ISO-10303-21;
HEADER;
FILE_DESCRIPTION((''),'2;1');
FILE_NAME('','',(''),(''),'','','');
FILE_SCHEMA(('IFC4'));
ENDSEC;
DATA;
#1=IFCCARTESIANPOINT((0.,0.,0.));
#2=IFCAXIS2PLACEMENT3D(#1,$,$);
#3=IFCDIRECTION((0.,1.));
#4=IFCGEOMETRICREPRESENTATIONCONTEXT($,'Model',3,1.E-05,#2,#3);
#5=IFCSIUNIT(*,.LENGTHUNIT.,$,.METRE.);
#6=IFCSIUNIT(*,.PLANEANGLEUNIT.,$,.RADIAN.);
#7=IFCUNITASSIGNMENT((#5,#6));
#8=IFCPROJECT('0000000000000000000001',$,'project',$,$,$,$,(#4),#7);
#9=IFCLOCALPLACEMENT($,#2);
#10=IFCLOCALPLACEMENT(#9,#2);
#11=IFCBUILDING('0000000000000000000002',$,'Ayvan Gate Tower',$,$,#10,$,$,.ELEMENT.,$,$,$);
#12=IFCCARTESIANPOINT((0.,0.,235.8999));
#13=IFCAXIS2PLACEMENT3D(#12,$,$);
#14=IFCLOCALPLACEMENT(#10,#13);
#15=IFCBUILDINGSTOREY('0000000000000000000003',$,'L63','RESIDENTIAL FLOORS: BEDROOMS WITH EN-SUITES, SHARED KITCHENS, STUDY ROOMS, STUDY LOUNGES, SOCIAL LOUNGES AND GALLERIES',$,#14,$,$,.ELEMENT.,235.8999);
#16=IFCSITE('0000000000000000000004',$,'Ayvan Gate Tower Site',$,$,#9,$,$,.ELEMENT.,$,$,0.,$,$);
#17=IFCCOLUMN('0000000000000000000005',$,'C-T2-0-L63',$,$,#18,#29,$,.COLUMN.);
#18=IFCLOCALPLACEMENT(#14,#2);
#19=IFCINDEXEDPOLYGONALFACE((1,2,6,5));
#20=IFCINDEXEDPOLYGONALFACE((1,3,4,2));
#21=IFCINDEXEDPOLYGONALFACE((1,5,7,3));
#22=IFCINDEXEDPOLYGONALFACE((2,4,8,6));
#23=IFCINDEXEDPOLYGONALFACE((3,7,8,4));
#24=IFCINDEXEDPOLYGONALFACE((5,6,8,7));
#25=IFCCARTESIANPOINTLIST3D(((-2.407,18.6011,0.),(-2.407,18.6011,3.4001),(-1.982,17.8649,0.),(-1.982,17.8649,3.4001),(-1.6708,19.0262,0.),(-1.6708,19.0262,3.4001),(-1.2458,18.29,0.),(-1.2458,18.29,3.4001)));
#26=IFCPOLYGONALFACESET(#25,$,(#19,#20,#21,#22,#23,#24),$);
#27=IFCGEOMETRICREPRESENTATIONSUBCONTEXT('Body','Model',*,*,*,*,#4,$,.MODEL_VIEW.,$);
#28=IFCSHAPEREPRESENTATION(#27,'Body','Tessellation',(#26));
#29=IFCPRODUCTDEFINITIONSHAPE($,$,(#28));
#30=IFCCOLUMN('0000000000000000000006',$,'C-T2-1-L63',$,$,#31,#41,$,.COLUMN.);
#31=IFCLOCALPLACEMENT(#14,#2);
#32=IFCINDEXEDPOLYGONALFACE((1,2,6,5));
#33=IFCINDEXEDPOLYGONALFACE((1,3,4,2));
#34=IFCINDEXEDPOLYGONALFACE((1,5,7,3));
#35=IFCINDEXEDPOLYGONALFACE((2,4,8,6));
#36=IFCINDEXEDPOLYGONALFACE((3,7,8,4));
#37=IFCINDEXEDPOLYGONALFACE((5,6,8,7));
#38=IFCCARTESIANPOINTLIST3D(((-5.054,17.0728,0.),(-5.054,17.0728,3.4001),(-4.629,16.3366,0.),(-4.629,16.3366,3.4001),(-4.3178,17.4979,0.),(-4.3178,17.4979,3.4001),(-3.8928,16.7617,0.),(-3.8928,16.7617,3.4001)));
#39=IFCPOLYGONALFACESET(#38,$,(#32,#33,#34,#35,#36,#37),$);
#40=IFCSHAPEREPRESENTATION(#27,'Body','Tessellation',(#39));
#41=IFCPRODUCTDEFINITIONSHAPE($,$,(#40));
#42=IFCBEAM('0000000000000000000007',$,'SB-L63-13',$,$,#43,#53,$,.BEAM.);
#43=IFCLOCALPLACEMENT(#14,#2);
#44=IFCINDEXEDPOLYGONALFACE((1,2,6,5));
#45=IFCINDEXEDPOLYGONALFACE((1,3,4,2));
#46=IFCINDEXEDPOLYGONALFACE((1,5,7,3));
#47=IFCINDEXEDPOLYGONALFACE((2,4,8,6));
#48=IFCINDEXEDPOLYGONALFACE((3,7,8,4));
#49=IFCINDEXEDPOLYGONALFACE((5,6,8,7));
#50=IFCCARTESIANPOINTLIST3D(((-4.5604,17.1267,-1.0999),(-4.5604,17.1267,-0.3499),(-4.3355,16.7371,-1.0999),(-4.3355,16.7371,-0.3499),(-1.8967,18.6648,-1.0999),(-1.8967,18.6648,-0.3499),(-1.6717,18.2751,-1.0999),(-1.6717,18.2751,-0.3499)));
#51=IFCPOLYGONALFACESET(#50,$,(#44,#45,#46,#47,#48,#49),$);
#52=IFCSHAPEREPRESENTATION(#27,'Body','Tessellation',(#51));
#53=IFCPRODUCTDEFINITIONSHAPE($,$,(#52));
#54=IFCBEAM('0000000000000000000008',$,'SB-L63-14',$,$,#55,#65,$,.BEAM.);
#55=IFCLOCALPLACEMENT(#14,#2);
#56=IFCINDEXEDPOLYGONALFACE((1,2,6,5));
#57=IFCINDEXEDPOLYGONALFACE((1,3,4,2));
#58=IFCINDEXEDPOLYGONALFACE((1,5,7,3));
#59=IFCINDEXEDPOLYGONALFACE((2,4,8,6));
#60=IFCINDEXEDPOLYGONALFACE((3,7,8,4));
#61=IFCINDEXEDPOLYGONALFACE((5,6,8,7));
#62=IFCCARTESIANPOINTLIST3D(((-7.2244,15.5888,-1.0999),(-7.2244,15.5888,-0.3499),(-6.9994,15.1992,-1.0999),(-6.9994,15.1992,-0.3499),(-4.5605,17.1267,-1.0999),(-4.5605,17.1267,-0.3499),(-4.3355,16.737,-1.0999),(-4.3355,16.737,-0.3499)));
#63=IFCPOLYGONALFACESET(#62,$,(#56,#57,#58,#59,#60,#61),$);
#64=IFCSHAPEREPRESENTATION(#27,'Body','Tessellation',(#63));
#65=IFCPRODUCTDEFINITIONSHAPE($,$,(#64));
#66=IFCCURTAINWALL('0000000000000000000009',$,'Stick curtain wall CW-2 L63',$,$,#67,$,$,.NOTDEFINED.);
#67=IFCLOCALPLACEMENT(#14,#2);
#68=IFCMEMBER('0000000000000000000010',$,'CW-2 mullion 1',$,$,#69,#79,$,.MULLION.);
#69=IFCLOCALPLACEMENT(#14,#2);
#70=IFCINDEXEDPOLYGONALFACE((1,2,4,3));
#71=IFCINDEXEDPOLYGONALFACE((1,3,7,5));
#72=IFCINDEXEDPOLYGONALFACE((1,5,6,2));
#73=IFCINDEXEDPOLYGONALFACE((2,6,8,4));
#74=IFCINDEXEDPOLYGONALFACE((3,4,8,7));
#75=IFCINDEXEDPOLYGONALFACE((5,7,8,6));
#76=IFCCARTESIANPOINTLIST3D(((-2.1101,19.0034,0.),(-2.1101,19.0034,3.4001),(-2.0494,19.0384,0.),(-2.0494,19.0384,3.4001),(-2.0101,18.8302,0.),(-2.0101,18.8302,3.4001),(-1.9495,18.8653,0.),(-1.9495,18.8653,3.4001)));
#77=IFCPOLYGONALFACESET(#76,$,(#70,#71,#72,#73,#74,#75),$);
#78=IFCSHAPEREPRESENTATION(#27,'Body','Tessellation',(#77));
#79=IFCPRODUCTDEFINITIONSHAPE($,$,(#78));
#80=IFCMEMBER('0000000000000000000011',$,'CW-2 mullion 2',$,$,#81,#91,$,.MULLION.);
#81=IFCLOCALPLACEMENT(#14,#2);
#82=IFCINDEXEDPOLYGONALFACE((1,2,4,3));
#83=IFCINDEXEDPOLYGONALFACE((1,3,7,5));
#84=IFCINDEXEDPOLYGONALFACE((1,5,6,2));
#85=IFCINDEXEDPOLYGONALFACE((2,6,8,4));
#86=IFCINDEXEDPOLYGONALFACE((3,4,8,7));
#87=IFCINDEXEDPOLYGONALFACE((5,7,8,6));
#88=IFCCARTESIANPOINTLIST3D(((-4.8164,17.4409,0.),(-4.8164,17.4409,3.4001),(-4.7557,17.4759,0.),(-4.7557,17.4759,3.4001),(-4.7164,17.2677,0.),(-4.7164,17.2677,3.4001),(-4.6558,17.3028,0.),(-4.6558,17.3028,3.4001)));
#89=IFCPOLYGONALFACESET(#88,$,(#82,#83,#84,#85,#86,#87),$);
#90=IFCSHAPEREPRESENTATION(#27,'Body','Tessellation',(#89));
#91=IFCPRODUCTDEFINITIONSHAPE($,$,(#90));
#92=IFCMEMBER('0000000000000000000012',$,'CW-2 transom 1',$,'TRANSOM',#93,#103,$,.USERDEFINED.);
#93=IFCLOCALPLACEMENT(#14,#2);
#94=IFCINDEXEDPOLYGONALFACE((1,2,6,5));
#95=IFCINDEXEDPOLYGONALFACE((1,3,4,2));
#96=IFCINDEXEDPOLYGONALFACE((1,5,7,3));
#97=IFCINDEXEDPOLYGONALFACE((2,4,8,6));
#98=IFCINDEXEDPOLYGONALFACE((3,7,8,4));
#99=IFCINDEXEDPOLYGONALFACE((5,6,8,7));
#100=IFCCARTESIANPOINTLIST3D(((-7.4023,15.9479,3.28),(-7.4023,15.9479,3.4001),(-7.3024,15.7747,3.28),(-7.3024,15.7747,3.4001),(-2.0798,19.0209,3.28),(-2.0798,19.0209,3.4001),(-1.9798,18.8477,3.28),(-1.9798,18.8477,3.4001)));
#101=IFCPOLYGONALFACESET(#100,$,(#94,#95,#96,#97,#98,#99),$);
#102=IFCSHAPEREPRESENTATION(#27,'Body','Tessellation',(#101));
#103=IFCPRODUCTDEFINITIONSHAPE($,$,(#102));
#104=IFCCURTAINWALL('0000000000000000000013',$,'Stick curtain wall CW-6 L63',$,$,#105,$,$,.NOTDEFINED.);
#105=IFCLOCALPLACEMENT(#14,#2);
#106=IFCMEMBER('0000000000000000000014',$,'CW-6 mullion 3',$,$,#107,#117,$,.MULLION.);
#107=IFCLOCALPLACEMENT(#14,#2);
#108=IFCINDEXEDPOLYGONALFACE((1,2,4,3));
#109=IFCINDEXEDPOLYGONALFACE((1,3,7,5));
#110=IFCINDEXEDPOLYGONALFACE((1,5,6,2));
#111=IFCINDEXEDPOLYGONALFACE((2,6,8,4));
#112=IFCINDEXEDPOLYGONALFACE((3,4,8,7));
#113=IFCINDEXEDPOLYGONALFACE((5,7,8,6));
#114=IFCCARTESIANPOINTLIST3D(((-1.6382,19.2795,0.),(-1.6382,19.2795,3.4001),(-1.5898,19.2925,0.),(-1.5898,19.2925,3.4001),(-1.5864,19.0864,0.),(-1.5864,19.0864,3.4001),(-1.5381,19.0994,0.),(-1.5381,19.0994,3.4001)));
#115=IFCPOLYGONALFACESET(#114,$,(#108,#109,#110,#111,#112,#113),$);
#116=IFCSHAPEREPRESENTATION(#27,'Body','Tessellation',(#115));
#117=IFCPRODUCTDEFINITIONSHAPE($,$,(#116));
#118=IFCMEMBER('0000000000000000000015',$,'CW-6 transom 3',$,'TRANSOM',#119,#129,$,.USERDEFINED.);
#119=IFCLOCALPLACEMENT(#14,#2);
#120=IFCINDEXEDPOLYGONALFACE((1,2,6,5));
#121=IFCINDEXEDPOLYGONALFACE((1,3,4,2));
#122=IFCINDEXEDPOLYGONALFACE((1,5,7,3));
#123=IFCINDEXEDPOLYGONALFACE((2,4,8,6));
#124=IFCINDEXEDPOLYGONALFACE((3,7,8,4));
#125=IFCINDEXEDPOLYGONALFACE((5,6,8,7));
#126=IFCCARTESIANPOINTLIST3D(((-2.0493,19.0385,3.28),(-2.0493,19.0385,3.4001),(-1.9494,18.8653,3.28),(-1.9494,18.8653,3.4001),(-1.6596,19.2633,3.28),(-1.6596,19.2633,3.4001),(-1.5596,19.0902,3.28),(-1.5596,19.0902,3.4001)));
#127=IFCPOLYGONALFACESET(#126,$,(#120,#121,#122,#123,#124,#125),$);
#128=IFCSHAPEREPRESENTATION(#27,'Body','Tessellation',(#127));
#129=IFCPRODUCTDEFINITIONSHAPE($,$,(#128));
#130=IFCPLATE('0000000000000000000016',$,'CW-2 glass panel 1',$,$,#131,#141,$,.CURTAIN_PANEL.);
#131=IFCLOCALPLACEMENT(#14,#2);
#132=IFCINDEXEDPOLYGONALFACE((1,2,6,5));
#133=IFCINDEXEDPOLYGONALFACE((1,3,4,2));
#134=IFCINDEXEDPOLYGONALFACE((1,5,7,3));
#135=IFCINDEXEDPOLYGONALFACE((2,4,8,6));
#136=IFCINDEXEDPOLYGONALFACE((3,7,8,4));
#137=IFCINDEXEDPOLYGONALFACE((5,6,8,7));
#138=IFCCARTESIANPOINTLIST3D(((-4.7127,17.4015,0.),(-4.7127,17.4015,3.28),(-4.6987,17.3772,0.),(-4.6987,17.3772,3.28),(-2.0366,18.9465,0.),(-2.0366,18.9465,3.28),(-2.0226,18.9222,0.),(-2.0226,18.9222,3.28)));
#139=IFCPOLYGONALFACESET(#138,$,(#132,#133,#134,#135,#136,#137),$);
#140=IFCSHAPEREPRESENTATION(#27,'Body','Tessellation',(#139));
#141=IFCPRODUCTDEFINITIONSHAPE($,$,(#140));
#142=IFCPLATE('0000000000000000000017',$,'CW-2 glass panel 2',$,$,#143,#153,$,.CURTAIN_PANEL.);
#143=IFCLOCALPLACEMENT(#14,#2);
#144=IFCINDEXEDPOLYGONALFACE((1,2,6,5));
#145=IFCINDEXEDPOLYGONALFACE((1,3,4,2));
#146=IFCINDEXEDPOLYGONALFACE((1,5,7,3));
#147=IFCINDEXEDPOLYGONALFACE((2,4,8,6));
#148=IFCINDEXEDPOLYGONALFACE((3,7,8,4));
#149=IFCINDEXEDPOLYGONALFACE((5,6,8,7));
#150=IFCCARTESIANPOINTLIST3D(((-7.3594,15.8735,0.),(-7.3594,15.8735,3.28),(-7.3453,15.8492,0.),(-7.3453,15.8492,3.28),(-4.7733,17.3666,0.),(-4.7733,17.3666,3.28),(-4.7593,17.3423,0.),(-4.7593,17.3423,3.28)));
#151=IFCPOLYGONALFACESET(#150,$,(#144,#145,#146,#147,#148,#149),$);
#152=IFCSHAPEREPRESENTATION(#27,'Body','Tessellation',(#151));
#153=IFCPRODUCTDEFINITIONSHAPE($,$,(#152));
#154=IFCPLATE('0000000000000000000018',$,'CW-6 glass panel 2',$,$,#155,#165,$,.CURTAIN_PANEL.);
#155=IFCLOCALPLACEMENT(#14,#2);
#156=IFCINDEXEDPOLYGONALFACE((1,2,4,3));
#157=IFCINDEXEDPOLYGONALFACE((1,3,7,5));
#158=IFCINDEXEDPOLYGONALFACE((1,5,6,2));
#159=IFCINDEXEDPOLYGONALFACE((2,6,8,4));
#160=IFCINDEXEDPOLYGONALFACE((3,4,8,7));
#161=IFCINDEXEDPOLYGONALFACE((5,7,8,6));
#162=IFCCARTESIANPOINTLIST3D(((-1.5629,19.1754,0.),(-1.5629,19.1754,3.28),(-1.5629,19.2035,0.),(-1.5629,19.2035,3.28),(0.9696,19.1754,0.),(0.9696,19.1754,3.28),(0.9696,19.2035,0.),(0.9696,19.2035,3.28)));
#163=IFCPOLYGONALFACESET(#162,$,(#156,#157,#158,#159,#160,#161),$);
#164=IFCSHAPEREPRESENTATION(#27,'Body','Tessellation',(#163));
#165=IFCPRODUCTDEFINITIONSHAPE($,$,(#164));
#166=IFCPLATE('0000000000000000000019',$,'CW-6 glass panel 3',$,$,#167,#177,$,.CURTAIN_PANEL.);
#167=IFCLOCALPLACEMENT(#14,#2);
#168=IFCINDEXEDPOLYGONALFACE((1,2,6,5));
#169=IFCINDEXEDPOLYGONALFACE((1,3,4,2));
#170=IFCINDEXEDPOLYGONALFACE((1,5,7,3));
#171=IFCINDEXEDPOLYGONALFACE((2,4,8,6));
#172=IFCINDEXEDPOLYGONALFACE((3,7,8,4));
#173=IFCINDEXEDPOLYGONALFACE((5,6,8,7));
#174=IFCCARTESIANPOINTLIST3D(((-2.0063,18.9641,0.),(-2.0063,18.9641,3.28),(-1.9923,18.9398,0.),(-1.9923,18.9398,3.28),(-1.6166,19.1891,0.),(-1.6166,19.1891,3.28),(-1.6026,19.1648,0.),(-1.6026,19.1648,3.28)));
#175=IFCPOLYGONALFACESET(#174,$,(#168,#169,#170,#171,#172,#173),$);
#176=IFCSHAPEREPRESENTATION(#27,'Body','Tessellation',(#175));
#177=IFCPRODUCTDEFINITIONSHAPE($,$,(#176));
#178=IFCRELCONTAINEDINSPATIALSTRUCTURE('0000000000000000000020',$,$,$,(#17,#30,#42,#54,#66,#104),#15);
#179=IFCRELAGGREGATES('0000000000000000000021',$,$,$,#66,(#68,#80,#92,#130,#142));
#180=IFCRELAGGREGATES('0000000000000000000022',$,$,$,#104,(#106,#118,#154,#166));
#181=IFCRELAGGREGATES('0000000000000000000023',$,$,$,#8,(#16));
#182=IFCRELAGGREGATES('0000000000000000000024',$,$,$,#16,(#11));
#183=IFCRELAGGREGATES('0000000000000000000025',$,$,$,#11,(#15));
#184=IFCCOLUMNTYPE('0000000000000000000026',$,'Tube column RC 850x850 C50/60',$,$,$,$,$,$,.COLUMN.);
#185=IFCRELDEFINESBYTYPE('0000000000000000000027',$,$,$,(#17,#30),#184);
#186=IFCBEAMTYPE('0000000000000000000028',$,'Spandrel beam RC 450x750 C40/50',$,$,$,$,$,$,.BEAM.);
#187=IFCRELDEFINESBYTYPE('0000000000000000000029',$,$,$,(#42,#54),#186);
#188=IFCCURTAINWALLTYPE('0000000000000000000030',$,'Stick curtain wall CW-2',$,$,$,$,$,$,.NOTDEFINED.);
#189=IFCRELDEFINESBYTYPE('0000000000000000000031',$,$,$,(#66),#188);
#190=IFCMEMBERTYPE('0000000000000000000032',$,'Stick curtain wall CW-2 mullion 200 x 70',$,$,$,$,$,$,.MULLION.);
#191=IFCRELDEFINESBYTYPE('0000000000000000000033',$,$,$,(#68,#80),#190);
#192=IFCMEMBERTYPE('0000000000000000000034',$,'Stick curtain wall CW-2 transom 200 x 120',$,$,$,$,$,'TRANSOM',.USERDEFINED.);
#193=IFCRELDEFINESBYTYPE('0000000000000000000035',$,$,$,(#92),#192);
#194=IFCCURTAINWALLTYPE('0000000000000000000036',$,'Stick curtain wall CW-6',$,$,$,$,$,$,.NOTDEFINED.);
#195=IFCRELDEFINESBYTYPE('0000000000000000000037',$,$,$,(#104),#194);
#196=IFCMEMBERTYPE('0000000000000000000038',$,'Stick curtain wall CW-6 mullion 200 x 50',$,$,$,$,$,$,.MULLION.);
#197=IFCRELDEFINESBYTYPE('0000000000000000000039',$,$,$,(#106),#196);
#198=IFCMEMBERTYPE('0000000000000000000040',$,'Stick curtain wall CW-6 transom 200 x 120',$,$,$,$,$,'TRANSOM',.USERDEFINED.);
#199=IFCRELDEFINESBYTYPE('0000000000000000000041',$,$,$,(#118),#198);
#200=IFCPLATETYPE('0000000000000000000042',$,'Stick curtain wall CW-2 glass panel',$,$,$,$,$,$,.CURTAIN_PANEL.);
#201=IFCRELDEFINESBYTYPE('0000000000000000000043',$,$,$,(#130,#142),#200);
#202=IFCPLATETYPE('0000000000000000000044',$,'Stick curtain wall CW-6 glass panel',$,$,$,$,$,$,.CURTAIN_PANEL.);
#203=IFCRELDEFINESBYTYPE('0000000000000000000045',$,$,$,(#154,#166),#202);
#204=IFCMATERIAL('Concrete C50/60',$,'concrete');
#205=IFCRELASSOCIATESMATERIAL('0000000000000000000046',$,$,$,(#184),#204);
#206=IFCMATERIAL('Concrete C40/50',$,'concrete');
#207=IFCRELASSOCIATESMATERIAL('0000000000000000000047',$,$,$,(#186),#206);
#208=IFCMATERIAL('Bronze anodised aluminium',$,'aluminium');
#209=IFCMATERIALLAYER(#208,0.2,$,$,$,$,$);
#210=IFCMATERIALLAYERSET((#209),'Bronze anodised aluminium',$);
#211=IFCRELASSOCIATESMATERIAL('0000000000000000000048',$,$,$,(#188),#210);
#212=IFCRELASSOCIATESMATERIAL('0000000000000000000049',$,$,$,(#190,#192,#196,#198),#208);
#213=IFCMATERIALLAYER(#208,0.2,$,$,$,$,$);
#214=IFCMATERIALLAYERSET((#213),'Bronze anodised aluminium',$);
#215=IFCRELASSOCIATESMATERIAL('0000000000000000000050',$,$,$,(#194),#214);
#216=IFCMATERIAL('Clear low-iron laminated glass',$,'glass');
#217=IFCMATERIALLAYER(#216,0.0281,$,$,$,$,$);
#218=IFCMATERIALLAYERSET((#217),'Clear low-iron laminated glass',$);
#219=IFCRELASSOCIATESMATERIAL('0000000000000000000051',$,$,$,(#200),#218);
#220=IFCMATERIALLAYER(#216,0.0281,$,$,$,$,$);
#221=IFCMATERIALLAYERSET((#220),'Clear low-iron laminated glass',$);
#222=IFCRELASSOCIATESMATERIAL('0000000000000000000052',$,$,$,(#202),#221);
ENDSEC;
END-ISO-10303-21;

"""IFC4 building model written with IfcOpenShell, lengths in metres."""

from ifc_helpers import new_model, si_unit, direction, frame, origin, origin_2d, place, context, subcontext, project, spatial, rectangle, extrude, material, layer, layer_set, material_profile, profile_set, type_object, element, aggregate, save


model = new_model("IFC4")

# Units and contexts
model_context = context("Model", 3, precision=1e-05, world=origin(), true_north=direction((0.0, 1.0)))
body_context = subcontext(model_context, "Body", "Model", "MODEL_VIEW")
ifc_project = project(units=[si_unit("LENGTHUNIT", "METRE"), si_unit("PLANEANGLEUNIT", "RADIAN")], contexts=[model_context])

# Site, building, storey
site_placement = place(None, origin())
site = spatial("IfcSite", under=ifc_project, at=site_placement, Name="Ayvan Gate Tower Site", CompositionType="ELEMENT", RefElevation=0.0)
building_placement = place(site_placement, origin())
building = spatial("IfcBuilding", under=site, at=building_placement, Name="Ayvan Gate Tower", CompositionType="ELEMENT")
storey_placement = place(building_placement, frame((0.0, 0.0, 235.8999)))
storey = spatial("IfcBuildingStorey", under=building, at=storey_placement, Name="L63", Description="RESIDENTIAL FLOORS: BEDROOMS WITH EN-SUITES, SHARED KITCHENS, STUDY ROOMS, STUDY LOUNGES, SOCIAL LOUNGES AND GALLERIES", CompositionType="ELEMENT", Elevation=235.8999)

# Columns
ifc_material_1 = material(Name="Concrete C50/60", Category="concrete")
ifc_material_profile_1 = material_profile(ifc_material_1, rectangle(XDim=0.8501, YDim=0.8501, at=origin_2d()), Name="RC 850x850")
ifc_profile_set_1 = profile_set([ifc_material_profile_1], Name="Concrete C50/60")
column_type = type_object("IfcColumnType", Name="Tube column RC 850x850 C50/60", PredefinedType="COLUMN", material=ifc_profile_set_1)
for number, where, z_axis, x_axis, name in (
    (1, (-1.8264, 18.4456, 0.0), (0.0, 0.0, 1.0), (-0.5, 0.866025, 0.0), "C-T2-0-L63"),
    (2, (-4.4734, 16.9172, 0.0), (0.0, 0.0, 1.0), (-0.5, 0.866025, 0.0), "C-T2-1-L63"),
):
    element("IfcColumn", number, at=place(storey_placement, frame(where, z_axis=z_axis, x_axis=x_axis)), inside=storey, type_object=column_type, Name=name, PredefinedType="COLUMN", context=body_context, shape_type="SweptSolid", body=[
        extrude(rectangle(XDim=0.8501, YDim=0.8501, at=origin_2d()), origin(), (0.0, 0.0, 1.0), 3.4001),
    ])

# Beams
ifc_material_2 = material(Name="Concrete C40/50", Category="concrete")
ifc_material_profile_2 = material_profile(ifc_material_2, rectangle(XDim=0.45, YDim=0.75, at=origin_2d()), Name="RC 450x750")
ifc_profile_set_2 = profile_set([ifc_material_profile_2], Name="Concrete C40/50")
beam_type = type_object("IfcBeamType", Name="Spandrel beam RC 450x750 C40/50", PredefinedType="BEAM", material=ifc_profile_set_2)
for number, where, z_axis, x_axis, name in (
    (3, (-1.7842, 18.47, -0.7249), (-0.866007, -0.500032, 0.0), (0.500032, -0.866007, 0.0), "SB-L63-13"),
    (4, (-4.448, 16.9319, -0.7249), (-0.866042, -0.499972, 0.0), (0.499972, -0.866042, 0.0), "SB-L63-14"),
):
    element("IfcBeam", number, at=place(storey_placement, frame(where, z_axis=z_axis, x_axis=x_axis)), inside=storey, type_object=beam_type, Name=name, PredefinedType="BEAM", context=body_context, shape_type="SweptSolid", body=[
        extrude(rectangle(XDim=0.45, YDim=0.75, at=origin_2d()), origin(), (0.0, 0.0, 1.0), 3.0759),
    ])

# Curtain walls, members
ifc_material_3 = material(Name="Bronze anodised aluminium", Category="aluminium")
ifc_layer_1 = layer(ifc_material_3, 0.2)
ifc_layer_set_1 = layer_set([ifc_layer_1], Name="Bronze anodised aluminium")
curtain_wall_type_1 = type_object("IfcCurtainWallType", Name="Stick curtain wall CW-2", PredefinedType="NOTDEFINED", material=ifc_layer_set_1)
curtain_wall_1_placement = place(storey_placement, origin())
curtain_wall_1 = element("IfcCurtainWall", 5, at=curtain_wall_1_placement, inside=storey, type_object=curtain_wall_type_1, Name="Stick curtain wall CW-2 L63", PredefinedType="NOTDEFINED")
ifc_material_profile_3 = material_profile(ifc_material_3, rectangle(XDim=0.2, YDim=0.0701, at=origin_2d()), Name="Stick curtain wall CW-2 mullion 200 x 70")
ifc_profile_set_3 = profile_set([ifc_material_profile_3], Name="Bronze anodised aluminium")
member_type_1 = type_object("IfcMemberType", Name="Stick curtain wall CW-2 mullion 200 x 70", PredefinedType="MULLION", material=ifc_profile_set_3)
member_1_placement = place(storey_placement, frame((-2.0298, 18.9343, 0.0), z_axis=(0.0, 0.0, 1.0), x_axis=(-0.5, 0.866025, 0.0)))
member_1 = element("IfcMember", 6, at=member_1_placement, type_object=member_type_1, Name="CW-2 mullion 1", PredefinedType="MULLION", context=body_context, shape_type="SweptSolid", body=[
    extrude(rectangle(XDim=0.2, YDim=0.0701, at=origin_2d()), origin(), (0.0, 0.0, 1.0), 3.4001),
])
member_2_placement = place(storey_placement, frame((-4.7361, 17.3718, 0.0), z_axis=(0.0, 0.0, 1.0), x_axis=(-0.5, 0.866025, 0.0)))
member_2 = element("IfcMember", 7, at=member_2_placement, type_object=member_type_1, Name="CW-2 mullion 2", PredefinedType="MULLION", context=body_context, shape_type="SweptSolid", body=[
    extrude(rectangle(XDim=0.2, YDim=0.0701, at=origin_2d()), origin(), (0.0, 0.0, 1.0), 3.4001),
])
ifc_material_profile_4 = material_profile(ifc_material_3, rectangle(XDim=0.2, YDim=0.1201, at=origin_2d()), Name="Stick curtain wall CW-2 transom 200 x 120")
ifc_profile_set_4 = profile_set([ifc_material_profile_4], Name="Bronze anodised aluminium")
member_type_2 = type_object("IfcMemberType", Name="Stick curtain wall CW-2 transom 200 x 120", ElementType="TRANSOM", PredefinedType="USERDEFINED", material=ifc_profile_set_4)
member_3_placement = place(storey_placement, frame((-2.0298, 18.9343, 3.3401), z_axis=(-0.866022, -0.500006, 0.0), x_axis=(0.500006, -0.866022, 0.0)))
member_3 = element("IfcMember", 8, at=member_3_placement, type_object=member_type_2, Name="CW-2 transom 1", ObjectType="TRANSOM", PredefinedType="USERDEFINED", context=body_context, shape_type="SweptSolid", body=[
    extrude(rectangle(XDim=0.2, YDim=0.1201, at=origin_2d()), origin(), (0.0, 0.0, 1.0), 6.146),
])
ifc_layer_2 = layer(ifc_material_3, 0.2)
ifc_layer_set_2 = layer_set([ifc_layer_2], Name="Bronze anodised aluminium")
curtain_wall_type_2 = type_object("IfcCurtainWallType", Name="Stick curtain wall CW-6", PredefinedType="NOTDEFINED", material=ifc_layer_set_2)
curtain_wall_2_placement = place(storey_placement, origin())
curtain_wall_2 = element("IfcCurtainWall", 9, at=curtain_wall_2_placement, inside=storey, type_object=curtain_wall_type_2, Name="Stick curtain wall CW-6 L63", PredefinedType="NOTDEFINED")
ifc_material_profile_5 = material_profile(ifc_material_3, rectangle(XDim=0.2, YDim=0.05, at=origin_2d()), Name="Stick curtain wall CW-6 mullion 200 x 50")
ifc_profile_set_5 = profile_set([ifc_material_profile_5], Name="Bronze anodised aluminium")
member_type_3 = type_object("IfcMemberType", Name="Stick curtain wall CW-6 mullion 200 x 50", PredefinedType="MULLION", material=ifc_profile_set_5)
member_4_placement = place(storey_placement, frame((-1.5881, 19.1895, 0.0), z_axis=(0.0, 0.0, 1.0), x_axis=(-0.258819, 0.965926, 0.0)))
member_4 = element("IfcMember", 10, at=member_4_placement, type_object=member_type_3, Name="CW-6 mullion 3", PredefinedType="MULLION", context=body_context, shape_type="SweptSolid", body=[
    extrude(rectangle(XDim=0.2, YDim=0.05, at=origin_2d()), origin(), (0.0, 0.0, 1.0), 3.4001),
])
ifc_material_profile_6 = material_profile(ifc_material_3, rectangle(XDim=0.2, YDim=0.1201, at=origin_2d()), Name="Stick curtain wall CW-6 transom 200 x 120")
ifc_profile_set_6 = profile_set([ifc_material_profile_6], Name="Bronze anodised aluminium")
member_type_4 = type_object("IfcMemberType", Name="Stick curtain wall CW-6 transom 200 x 120", ElementType="TRANSOM", PredefinedType="USERDEFINED", material=ifc_profile_set_6)
member_5_placement = place(storey_placement, frame((-1.6096, 19.1768, 3.3401), z_axis=(-0.866131, -0.499816, 0.0), x_axis=(0.499816, -0.866131, 0.0)))
member_5 = element("IfcMember", 11, at=member_5_placement, type_object=member_type_4, Name="CW-6 transom 3", ObjectType="TRANSOM", PredefinedType="USERDEFINED", context=body_context, shape_type="SweptSolid", body=[
    extrude(rectangle(XDim=0.2, YDim=0.1201, at=origin_2d()), origin(), (0.0, 0.0, 1.0), 0.45),
])

# Plates
ifc_material_4 = material(Name="Clear low-iron laminated glass", Category="glass")
ifc_layer_3 = layer(ifc_material_4, 0.0281)
ifc_layer_set_3 = layer_set([ifc_layer_3], Name="Clear low-iron laminated glass")
plate_type_1 = type_object("IfcPlateType", Name="Stick curtain wall CW-2 glass panel", PredefinedType="CURTAIN_PANEL", material=ifc_layer_set_3)
plate_1_placement = place(storey_placement, frame((-3.3677, 18.1619, 0.0), z_axis=(0.0, 0.0, 1.0), x_axis=(-0.866025, -0.5, 0.0)))
plate_1 = element("IfcPlate", 12, at=plate_1_placement, type_object=plate_type_1, Name="CW-2 glass panel 1", PredefinedType="CURTAIN_PANEL", context=body_context, shape_type="SweptSolid", body=[
    extrude(rectangle(XDim=3.0901, YDim=0.0281, at=origin_2d()), origin(), (0.0, 0.0, 1.0), 3.28),
])
plate_2_placement = place(storey_placement, frame((-6.0593, 16.6079, 0.0), z_axis=(0.0, 0.0, 1.0), x_axis=(-0.866025, -0.5, 0.0)))
plate_2 = element("IfcPlate", 13, at=plate_2_placement, type_object=plate_type_1, Name="CW-2 glass panel 2", PredefinedType="CURTAIN_PANEL", context=body_context, shape_type="SweptSolid", body=[
    extrude(rectangle(XDim=2.9861, YDim=0.0281, at=origin_2d()), origin(), (0.0, 0.0, 1.0), 3.28),
])
aggregate(curtain_wall_1, [member_1, member_2, member_3, plate_1, plate_2])
ifc_layer_4 = layer(ifc_material_4, 0.0281)
ifc_layer_set_4 = layer_set([ifc_layer_4], Name="Clear low-iron laminated glass")
plate_type_2 = type_object("IfcPlateType", Name="Stick curtain wall CW-6 glass panel", PredefinedType="CURTAIN_PANEL", material=ifc_layer_set_4)
plate_3_placement = place(storey_placement, frame((-0.2966, 19.1895, 0.0), z_axis=(0.0, 0.0, 1.0), x_axis=(-1.0, 0.0, 0.0)))
plate_3 = element("IfcPlate", 14, at=plate_3_placement, type_object=plate_type_2, Name="CW-6 glass panel 2", PredefinedType="CURTAIN_PANEL", context=body_context, shape_type="SweptSolid", body=[
    extrude(rectangle(XDim=2.5325, YDim=0.0281, at=origin_2d()), origin(), (0.0, 0.0, 1.0), 3.28),
])
plate_4_placement = place(storey_placement, frame((-1.8044, 19.0645, 0.0), z_axis=(0.0, 0.0, 1.0), x_axis=(-0.866025, -0.5, 0.0)))
plate_4 = element("IfcPlate", 15, at=plate_4_placement, type_object=plate_type_2, Name="CW-6 glass panel 3", PredefinedType="CURTAIN_PANEL", context=body_context, shape_type="SweptSolid", body=[
    extrude(rectangle(XDim=0.45, YDim=0.0281, at=origin_2d()), origin(), (0.0, 0.0, 1.0), 3.28),
])
aggregate(curtain_wall_2, [member_4, member_5, plate_3, plate_4])

save(model, "model.ifc")
